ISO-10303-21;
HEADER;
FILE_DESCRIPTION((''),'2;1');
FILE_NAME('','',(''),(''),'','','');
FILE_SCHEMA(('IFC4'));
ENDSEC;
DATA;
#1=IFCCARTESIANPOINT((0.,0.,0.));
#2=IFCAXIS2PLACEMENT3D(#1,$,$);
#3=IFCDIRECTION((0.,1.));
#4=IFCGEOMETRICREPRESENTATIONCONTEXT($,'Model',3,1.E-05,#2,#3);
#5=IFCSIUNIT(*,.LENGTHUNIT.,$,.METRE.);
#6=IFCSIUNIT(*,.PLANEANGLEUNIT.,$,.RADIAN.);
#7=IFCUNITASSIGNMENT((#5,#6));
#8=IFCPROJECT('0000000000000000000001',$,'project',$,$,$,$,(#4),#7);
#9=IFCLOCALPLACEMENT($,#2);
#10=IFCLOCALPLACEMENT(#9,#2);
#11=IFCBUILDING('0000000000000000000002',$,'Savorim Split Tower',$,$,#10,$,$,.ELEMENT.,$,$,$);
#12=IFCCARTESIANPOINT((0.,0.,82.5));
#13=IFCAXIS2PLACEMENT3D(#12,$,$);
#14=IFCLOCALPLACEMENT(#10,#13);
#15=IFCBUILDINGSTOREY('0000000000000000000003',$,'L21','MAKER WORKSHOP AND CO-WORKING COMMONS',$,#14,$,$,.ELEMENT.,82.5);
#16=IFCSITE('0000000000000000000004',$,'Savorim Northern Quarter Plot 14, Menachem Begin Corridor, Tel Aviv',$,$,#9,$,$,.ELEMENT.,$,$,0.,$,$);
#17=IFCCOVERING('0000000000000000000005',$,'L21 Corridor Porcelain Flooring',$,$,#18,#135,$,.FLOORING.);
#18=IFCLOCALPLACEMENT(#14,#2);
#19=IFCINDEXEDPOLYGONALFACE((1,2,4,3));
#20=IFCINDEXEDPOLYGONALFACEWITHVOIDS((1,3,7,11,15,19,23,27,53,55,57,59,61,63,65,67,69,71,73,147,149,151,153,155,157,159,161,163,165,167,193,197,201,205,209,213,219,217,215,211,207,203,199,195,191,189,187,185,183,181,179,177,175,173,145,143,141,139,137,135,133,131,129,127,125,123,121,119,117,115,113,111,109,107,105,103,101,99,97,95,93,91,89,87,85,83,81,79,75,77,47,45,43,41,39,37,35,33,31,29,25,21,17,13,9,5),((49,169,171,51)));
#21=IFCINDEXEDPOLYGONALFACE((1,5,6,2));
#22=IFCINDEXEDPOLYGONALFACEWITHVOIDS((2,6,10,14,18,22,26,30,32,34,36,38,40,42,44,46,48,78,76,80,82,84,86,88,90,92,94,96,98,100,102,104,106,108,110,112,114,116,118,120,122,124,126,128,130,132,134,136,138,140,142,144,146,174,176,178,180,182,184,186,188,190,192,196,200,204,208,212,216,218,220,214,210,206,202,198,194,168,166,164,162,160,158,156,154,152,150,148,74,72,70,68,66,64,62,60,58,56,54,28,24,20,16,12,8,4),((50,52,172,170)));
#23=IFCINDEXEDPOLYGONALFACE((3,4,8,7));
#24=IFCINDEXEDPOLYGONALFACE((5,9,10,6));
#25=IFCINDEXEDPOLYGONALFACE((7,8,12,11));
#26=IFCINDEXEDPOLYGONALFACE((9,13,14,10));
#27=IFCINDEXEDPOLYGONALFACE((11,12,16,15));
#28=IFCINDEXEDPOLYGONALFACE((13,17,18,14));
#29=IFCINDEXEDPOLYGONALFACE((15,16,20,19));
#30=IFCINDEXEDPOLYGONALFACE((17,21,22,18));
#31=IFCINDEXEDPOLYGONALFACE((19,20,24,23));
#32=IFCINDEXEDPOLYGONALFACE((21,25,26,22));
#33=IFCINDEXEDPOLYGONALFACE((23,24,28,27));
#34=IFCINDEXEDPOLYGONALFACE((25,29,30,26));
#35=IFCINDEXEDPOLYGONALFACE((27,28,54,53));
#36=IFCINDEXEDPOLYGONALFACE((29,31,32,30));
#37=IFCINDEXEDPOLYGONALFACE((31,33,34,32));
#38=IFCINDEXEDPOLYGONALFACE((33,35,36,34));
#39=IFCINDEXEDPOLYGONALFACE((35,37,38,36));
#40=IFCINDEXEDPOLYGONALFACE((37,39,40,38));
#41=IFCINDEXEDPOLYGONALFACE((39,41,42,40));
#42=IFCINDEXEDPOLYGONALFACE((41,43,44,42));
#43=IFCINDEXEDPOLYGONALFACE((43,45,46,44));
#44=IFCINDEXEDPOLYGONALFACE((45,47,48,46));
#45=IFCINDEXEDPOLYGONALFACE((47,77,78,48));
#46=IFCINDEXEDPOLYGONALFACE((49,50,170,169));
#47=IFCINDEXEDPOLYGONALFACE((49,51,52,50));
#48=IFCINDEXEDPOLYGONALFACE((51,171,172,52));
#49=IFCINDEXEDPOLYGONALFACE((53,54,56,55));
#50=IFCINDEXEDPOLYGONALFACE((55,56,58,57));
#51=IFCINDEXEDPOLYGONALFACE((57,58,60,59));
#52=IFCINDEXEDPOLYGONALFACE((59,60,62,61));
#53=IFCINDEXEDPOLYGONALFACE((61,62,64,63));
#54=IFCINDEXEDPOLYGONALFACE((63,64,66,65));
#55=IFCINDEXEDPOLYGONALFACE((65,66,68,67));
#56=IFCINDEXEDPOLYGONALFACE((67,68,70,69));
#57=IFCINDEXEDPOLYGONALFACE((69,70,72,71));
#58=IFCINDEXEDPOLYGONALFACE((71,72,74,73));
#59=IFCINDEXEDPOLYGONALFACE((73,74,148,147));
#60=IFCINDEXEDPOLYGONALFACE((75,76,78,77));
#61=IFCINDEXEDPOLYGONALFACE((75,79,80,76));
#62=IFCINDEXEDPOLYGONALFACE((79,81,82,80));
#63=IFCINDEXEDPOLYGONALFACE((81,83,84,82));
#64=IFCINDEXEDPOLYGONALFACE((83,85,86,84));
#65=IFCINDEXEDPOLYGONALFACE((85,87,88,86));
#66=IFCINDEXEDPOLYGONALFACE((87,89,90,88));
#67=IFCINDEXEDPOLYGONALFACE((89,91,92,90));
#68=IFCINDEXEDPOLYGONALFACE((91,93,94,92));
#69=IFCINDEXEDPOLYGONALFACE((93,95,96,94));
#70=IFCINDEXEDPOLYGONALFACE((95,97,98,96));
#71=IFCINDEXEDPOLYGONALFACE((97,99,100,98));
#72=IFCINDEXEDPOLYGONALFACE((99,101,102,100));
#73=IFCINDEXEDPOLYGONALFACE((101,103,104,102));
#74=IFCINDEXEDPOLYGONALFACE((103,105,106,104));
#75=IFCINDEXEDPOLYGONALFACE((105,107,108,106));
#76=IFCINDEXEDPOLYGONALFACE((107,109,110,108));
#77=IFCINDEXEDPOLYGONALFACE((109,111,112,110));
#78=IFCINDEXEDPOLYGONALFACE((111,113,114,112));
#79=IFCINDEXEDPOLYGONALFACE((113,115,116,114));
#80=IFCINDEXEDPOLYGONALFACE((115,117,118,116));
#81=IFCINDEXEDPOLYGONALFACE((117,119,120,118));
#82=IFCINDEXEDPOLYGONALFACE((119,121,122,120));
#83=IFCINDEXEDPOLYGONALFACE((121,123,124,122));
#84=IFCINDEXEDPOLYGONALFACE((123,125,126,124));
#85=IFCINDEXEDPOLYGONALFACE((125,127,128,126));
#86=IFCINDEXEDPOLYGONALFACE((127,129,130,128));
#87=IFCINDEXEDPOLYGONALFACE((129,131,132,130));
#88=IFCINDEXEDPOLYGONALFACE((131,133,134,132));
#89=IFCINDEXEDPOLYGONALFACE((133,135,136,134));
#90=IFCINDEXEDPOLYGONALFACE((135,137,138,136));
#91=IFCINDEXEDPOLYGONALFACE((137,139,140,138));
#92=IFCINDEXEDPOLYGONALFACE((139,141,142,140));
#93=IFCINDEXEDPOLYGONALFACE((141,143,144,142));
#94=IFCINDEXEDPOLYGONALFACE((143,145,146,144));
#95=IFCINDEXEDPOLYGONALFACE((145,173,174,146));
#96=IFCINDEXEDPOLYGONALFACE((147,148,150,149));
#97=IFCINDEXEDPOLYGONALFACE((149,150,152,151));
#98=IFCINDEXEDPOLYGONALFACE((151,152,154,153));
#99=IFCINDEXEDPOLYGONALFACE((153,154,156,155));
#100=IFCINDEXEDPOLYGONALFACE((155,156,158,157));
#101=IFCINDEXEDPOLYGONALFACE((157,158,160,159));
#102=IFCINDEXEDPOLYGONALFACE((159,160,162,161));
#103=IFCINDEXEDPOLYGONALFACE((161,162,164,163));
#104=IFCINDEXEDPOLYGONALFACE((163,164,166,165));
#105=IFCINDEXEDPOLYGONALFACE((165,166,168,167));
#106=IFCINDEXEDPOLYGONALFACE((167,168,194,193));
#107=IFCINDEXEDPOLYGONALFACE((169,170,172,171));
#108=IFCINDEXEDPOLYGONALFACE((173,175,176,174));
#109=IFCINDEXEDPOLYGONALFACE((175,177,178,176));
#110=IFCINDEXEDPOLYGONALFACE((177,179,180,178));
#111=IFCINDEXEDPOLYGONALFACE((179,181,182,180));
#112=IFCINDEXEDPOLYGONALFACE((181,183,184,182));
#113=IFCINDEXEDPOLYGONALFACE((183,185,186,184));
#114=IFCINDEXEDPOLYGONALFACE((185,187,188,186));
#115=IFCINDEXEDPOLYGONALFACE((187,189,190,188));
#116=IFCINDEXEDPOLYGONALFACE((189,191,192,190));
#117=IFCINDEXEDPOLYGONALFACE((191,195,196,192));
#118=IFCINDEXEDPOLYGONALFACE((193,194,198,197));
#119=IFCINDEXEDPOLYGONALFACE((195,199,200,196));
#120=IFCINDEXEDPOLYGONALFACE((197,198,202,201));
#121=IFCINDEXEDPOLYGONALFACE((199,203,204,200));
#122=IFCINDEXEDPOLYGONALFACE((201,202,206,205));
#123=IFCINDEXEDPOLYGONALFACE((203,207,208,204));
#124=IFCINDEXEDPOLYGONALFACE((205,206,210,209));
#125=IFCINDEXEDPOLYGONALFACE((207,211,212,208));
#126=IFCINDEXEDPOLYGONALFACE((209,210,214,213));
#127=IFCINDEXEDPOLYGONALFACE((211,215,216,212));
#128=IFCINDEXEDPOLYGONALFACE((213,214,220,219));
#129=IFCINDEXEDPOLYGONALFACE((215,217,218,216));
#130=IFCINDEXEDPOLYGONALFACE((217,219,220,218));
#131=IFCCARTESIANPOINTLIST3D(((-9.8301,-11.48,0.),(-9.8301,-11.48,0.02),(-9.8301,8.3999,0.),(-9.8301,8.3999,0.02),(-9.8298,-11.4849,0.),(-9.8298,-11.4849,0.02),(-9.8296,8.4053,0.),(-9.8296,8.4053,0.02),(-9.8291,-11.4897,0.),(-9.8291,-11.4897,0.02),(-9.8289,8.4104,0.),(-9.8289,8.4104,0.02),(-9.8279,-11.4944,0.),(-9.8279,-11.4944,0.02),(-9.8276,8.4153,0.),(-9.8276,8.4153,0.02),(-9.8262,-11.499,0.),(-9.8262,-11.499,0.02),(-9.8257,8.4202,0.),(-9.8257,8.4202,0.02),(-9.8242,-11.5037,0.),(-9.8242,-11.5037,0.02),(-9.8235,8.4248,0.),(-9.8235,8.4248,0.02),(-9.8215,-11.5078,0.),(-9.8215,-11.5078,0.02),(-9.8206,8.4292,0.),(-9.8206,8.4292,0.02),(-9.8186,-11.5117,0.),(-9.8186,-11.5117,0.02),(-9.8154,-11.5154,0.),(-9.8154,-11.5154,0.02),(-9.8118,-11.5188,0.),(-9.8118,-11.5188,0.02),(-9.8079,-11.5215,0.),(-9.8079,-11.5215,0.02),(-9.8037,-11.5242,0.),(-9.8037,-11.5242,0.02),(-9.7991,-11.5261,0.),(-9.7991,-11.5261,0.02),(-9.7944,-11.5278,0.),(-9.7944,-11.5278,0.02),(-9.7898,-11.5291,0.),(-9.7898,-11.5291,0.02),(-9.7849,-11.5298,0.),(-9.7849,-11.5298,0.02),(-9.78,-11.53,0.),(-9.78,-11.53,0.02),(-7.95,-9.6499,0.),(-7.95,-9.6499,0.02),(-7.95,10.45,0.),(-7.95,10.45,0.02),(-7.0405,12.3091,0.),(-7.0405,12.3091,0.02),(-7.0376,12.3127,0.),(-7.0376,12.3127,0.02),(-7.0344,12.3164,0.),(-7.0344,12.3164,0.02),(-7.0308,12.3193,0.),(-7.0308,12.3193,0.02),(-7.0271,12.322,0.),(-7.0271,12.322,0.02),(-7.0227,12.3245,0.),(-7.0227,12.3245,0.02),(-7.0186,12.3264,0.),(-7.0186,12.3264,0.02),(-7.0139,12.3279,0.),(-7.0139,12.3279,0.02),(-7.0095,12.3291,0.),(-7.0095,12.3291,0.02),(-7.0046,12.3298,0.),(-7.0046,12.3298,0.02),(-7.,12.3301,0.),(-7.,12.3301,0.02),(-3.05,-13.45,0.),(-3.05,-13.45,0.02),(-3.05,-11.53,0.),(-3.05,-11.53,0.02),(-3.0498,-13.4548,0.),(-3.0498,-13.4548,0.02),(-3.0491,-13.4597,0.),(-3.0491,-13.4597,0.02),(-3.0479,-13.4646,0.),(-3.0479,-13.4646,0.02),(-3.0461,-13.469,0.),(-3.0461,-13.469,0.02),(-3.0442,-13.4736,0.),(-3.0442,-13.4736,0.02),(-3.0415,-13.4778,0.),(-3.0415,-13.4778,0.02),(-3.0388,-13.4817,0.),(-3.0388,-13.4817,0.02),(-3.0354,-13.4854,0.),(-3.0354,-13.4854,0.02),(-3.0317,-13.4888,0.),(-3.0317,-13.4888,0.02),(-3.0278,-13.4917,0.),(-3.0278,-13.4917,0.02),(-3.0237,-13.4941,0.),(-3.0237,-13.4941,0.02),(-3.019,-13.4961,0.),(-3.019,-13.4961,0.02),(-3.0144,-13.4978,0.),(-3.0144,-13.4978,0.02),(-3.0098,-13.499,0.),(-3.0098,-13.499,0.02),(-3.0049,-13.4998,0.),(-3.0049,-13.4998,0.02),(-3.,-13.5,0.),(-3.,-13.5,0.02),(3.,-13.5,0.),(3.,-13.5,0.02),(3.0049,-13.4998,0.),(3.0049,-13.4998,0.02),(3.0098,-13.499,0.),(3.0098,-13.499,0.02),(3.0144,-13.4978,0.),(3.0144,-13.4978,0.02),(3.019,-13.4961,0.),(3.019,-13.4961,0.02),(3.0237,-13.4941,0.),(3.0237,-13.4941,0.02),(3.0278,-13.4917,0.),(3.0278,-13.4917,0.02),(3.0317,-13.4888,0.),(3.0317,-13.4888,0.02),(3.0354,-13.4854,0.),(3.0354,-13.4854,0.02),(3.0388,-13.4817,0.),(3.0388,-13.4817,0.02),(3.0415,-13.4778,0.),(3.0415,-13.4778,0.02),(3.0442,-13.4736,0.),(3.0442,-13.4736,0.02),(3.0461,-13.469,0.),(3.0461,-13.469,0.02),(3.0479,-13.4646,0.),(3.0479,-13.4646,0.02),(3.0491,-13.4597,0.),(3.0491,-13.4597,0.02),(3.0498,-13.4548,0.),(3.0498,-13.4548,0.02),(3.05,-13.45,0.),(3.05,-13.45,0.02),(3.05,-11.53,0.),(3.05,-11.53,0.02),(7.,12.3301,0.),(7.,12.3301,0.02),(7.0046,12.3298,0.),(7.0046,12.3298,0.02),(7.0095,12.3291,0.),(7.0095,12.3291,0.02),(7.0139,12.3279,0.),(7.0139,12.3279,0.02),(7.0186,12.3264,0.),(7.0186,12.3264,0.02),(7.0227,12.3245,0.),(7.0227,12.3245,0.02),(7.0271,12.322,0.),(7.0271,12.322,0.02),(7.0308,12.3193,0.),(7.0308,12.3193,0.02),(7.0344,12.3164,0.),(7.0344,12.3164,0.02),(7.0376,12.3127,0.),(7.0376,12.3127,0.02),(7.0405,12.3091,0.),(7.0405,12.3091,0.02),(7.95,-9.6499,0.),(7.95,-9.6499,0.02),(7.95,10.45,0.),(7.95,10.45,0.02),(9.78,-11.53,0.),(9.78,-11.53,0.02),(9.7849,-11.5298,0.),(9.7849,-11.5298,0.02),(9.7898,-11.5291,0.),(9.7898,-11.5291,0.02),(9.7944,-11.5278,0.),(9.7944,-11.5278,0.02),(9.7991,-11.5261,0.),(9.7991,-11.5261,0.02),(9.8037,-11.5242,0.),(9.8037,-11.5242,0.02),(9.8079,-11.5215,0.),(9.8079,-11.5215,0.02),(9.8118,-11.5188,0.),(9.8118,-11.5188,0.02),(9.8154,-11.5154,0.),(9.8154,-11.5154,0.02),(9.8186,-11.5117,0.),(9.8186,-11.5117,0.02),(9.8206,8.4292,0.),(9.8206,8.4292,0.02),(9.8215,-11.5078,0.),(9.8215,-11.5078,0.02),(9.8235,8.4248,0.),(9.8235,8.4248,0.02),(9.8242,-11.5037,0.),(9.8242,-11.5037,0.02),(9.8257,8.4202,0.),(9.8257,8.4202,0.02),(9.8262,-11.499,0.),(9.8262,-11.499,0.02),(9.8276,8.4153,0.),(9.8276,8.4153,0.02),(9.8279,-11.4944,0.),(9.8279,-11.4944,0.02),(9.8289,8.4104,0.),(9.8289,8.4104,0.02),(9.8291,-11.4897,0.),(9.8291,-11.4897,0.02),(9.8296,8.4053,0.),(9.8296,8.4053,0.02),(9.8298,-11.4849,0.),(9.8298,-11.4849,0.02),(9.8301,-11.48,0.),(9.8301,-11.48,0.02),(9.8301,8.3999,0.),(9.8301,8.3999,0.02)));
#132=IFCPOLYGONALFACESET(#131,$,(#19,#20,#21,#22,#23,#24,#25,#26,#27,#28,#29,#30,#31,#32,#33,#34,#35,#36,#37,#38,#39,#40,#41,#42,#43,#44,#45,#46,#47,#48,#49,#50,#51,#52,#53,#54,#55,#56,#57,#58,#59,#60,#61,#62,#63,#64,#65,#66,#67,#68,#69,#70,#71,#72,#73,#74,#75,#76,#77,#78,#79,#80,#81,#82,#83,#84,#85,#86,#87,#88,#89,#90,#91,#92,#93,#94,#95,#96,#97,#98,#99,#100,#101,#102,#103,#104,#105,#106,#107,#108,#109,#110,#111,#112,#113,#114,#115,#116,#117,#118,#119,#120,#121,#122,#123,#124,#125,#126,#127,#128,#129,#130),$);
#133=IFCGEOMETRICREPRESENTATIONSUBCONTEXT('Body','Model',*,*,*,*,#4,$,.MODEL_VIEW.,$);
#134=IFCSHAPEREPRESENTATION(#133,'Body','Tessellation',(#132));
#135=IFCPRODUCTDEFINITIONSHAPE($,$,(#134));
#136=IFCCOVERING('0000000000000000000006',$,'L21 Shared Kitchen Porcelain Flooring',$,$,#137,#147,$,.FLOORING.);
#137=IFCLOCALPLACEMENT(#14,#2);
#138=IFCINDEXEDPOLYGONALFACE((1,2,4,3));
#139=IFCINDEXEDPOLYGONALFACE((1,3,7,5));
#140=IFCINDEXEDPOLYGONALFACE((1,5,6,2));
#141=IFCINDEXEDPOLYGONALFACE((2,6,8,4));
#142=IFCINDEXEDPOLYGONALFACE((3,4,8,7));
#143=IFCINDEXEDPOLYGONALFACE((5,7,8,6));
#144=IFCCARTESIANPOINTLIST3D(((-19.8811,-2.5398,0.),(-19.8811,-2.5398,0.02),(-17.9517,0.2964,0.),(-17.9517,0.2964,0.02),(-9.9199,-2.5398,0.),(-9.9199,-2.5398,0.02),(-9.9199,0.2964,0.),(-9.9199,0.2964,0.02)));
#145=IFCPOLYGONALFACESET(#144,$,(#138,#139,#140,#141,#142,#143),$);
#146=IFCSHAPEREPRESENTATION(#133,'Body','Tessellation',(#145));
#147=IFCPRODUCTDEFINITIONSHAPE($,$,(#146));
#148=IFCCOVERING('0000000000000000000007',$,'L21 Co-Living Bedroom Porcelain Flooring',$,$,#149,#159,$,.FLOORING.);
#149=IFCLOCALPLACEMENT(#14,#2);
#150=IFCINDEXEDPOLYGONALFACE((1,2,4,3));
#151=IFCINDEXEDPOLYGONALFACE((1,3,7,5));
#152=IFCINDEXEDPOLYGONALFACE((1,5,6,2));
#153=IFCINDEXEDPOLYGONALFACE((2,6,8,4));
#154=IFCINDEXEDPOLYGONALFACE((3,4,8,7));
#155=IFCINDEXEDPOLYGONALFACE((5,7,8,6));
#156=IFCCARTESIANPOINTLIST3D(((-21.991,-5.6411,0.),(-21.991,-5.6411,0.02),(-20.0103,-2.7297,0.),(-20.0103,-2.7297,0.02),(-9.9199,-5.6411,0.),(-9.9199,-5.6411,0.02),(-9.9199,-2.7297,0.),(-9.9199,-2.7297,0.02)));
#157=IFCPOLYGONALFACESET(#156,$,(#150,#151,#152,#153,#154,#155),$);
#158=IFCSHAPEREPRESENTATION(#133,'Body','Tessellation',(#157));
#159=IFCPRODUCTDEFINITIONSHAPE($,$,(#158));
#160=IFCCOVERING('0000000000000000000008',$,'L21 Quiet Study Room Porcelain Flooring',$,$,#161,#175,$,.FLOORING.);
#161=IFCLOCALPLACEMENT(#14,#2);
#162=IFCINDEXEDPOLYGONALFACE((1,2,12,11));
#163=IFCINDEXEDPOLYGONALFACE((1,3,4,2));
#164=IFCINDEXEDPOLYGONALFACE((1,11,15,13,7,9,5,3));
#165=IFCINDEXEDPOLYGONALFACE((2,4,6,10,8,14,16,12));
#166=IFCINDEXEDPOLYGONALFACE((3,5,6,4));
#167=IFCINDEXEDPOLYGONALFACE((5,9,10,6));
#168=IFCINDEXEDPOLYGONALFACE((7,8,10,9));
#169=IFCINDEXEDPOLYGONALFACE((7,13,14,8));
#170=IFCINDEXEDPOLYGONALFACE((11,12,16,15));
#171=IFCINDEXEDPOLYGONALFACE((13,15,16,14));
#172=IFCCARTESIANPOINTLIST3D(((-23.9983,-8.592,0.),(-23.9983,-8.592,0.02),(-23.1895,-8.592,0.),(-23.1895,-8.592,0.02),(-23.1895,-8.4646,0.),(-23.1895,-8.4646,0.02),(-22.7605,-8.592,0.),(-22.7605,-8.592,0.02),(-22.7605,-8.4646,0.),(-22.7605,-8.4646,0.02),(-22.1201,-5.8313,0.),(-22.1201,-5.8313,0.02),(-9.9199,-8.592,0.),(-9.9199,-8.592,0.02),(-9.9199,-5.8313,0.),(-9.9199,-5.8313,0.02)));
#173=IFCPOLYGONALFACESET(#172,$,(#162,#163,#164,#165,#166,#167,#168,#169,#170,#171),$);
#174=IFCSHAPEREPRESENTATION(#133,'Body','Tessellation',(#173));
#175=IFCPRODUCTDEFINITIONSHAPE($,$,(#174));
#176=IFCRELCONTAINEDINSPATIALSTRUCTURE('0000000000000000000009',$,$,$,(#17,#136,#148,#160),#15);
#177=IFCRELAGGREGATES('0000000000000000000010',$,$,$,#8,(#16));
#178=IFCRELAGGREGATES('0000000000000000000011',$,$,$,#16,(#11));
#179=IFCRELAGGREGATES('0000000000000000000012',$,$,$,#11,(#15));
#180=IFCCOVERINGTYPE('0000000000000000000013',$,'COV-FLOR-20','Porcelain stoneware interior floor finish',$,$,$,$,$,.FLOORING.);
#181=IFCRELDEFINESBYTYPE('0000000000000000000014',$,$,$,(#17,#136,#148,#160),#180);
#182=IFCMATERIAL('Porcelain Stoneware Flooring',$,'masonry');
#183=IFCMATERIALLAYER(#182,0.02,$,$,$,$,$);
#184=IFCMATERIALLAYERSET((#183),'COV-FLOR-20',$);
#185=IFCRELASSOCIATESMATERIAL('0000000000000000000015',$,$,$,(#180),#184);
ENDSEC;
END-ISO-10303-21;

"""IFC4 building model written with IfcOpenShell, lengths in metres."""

from ifc_helpers import new_model, si_unit, direction, frame, origin, place, context, subcontext, project, spatial, polyline, outline, extrude, material, layer, layer_set, type_object, element, save


model = new_model("IFC4")

# Units and contexts
model_context = context("Model", 3, precision=1e-05, world=origin(), true_north=direction((0.0, 1.0)))
body_context = subcontext(model_context, "Body", "Model", "MODEL_VIEW")
ifc_project = project(units=[si_unit("LENGTHUNIT", "METRE"), si_unit("PLANEANGLEUNIT", "RADIAN")], contexts=[model_context])

# Site, building, storey
site_placement = place(None, origin())
site = spatial("IfcSite", under=ifc_project, at=site_placement, Name="Savorim Northern Quarter Plot 14, Menachem Begin Corridor, Tel Aviv", CompositionType="ELEMENT", RefElevation=0.0)
building_placement = place(site_placement, origin())
building = spatial("IfcBuilding", under=site, at=building_placement, Name="Savorim Split Tower", CompositionType="ELEMENT")
storey_placement = place(building_placement, frame((0.0, 0.0, 82.5)))
storey = spatial("IfcBuildingStorey", under=building, at=storey_placement, Name="L21", Description="MAKER WORKSHOP AND CO-WORKING COMMONS", CompositionType="ELEMENT", Elevation=82.5)

# Coverings
ifc_material_1 = material(Name="Porcelain Stoneware Flooring", Category="masonry")
ifc_layer_1 = layer(ifc_material_1, 0.02)
ifc_layer_set_1 = layer_set([ifc_layer_1], Name="COV-FLOR-20")
covering_type_1 = type_object("IfcCoveringType", Name="COV-FLOR-20", Description="Porcelain stoneware interior floor finish", PredefinedType="FLOORING", material=ifc_layer_set_1)
covering_1_placement = place(storey_placement, origin())
element("IfcCovering", 1, at=covering_1_placement, inside=storey, type_object=covering_type_1, Name="L21 Corridor Porcelain Flooring", PredefinedType="FLOORING", context=body_context, shape_type="SweptSolid", body=[
    extrude(outline(polyline([(7.0095, 12.3291), (7.0046, 12.3298), (7.0, 12.3301), (-7.0, 12.3301), (-7.0046, 12.3298), (-7.0095, 12.3291), (-7.0139, 12.3279), (-7.0186, 12.3264), (-7.0227, 12.3245), (-7.0271, 12.322), (-7.0308, 12.3193), (-7.0344, 12.3164), (-7.0376, 12.3127), (-7.0405, 12.3091), (-9.8206, 8.4292), (-9.8235, 8.4248), (-9.8257, 8.4202), (-9.8276, 8.4153), (-9.8289, 8.4104), (-9.8296, 8.4053), (-9.8301, 8.3999), (-9.8301, -11.48), (-9.8298, -11.4849), (-9.8291, -11.4897), (-9.8279, -11.4944), (-9.8262, -11.499), (-9.8242, -11.5037), (-9.8215, -11.5078), (-9.8186, -11.5117), (-9.8154, -11.5154), (-9.8118, -11.5188), (-9.8079, -11.5215), (-9.8037, -11.5242), (-9.7991, -11.5261), (-9.7944, -11.5278), (-9.7898, -11.5291), (-9.7849, -11.5298), (-9.78, -11.53), (-3.05, -11.53), (-3.05, -13.45), (-3.0498, -13.4548), (-3.0491, -13.4597), (-3.0479, -13.4646), (-3.0461, -13.469), (-3.0442, -13.4736), (-3.0415, -13.4778), (-3.0388, -13.4817), (-3.0354, -13.4854), (-3.0317, -13.4888), (-3.0278, -13.4917), (-3.0237, -13.4941), (-3.019, -13.4961), (-3.0144, -13.4978), (-3.0098, -13.499), (-3.0049, -13.4998), (-3.0, -13.5), (3.0, -13.5), (3.0049, -13.4998), (3.0098, -13.499), (3.0144, -13.4978), (3.019, -13.4961), (3.0237, -13.4941), (3.0278, -13.4917), (3.0317, -13.4888), (3.0354, -13.4854), (3.0388, -13.4817), (3.0415, -13.4778), (3.0442, -13.4736), (3.0461, -13.469), (3.0479, -13.4646), (3.0491, -13.4597), (3.0498, -13.4548), (3.05, -13.45), (3.05, -11.53), (9.78, -11.53), (9.7849, -11.5298), (9.7898, -11.5291), (9.7944, -11.5278), (9.7991, -11.5261), (9.8037, -11.5242), (9.8079, -11.5215), (9.8118, -11.5188), (9.8154, -11.5154), (9.8186, -11.5117), (9.8215, -11.5078), (9.8242, -11.5037), (9.8262, -11.499), (9.8279, -11.4944), (9.8291, -11.4897), (9.8298, -11.4849), (9.8301, -11.48), (9.8301, 8.3999), (9.8296, 8.4053), (9.8289, 8.4104), (9.8276, 8.4153), (9.8257, 8.4202), (9.8235, 8.4248), (9.8206, 8.4292), (7.0405, 12.3091), (7.0376, 12.3127), (7.0344, 12.3164), (7.0308, 12.3193), (7.0271, 12.322), (7.0227, 12.3245), (7.0186, 12.3264), (7.0139, 12.3279), (7.0095, 12.3291)]), holes=[polyline([(-7.95, 10.45), (-7.95, -9.6499), (7.95, -9.6499), (7.95, 10.45), (-7.95, 10.45)])]), origin(), (0.0, 0.0, 1.0), 0.02),
])
covering_2_placement = place(storey_placement, origin())
element("IfcCovering", 2, at=covering_2_placement, inside=storey, type_object=covering_type_1, Name="L21 Shared Kitchen Porcelain Flooring", PredefinedType="FLOORING", context=body_context, shape_type="SweptSolid", body=[
    extrude(outline(polyline([(-17.9517, 0.2964), (-19.8811, -2.5398), (-9.9199, -2.5398), (-9.9199, 0.2964), (-17.9517, 0.2964)])), origin(), (0.0, 0.0, 1.0), 0.02),
])
covering_3_placement = place(storey_placement, origin())
element("IfcCovering", 3, at=covering_3_placement, inside=storey, type_object=covering_type_1, Name="L21 Co-Living Bedroom Porcelain Flooring", PredefinedType="FLOORING", context=body_context, shape_type="SweptSolid", body=[
    extrude(outline(polyline([(-20.0103, -2.7297), (-21.991, -5.6411), (-9.9199, -5.6411), (-9.9199, -2.7297), (-20.0103, -2.7297)])), origin(), (0.0, 0.0, 1.0), 0.02),
])
covering_4_placement = place(storey_placement, origin())
element("IfcCovering", 4, at=covering_4_placement, inside=storey, type_object=covering_type_1, Name="L21 Quiet Study Room Porcelain Flooring", PredefinedType="FLOORING", context=body_context, shape_type="SweptSolid", body=[
    extrude(outline(polyline([(-22.7605, -8.4646), (-22.7605, -8.592), (-9.9199, -8.592), (-9.9199, -5.8313), (-22.1201, -5.8313), (-23.9983, -8.592), (-23.1895, -8.592), (-23.1895, -8.4646), (-22.7605, -8.4646)])), origin(), (0.0, 0.0, 1.0), 0.02),
])

save(model, "model.ifc")
